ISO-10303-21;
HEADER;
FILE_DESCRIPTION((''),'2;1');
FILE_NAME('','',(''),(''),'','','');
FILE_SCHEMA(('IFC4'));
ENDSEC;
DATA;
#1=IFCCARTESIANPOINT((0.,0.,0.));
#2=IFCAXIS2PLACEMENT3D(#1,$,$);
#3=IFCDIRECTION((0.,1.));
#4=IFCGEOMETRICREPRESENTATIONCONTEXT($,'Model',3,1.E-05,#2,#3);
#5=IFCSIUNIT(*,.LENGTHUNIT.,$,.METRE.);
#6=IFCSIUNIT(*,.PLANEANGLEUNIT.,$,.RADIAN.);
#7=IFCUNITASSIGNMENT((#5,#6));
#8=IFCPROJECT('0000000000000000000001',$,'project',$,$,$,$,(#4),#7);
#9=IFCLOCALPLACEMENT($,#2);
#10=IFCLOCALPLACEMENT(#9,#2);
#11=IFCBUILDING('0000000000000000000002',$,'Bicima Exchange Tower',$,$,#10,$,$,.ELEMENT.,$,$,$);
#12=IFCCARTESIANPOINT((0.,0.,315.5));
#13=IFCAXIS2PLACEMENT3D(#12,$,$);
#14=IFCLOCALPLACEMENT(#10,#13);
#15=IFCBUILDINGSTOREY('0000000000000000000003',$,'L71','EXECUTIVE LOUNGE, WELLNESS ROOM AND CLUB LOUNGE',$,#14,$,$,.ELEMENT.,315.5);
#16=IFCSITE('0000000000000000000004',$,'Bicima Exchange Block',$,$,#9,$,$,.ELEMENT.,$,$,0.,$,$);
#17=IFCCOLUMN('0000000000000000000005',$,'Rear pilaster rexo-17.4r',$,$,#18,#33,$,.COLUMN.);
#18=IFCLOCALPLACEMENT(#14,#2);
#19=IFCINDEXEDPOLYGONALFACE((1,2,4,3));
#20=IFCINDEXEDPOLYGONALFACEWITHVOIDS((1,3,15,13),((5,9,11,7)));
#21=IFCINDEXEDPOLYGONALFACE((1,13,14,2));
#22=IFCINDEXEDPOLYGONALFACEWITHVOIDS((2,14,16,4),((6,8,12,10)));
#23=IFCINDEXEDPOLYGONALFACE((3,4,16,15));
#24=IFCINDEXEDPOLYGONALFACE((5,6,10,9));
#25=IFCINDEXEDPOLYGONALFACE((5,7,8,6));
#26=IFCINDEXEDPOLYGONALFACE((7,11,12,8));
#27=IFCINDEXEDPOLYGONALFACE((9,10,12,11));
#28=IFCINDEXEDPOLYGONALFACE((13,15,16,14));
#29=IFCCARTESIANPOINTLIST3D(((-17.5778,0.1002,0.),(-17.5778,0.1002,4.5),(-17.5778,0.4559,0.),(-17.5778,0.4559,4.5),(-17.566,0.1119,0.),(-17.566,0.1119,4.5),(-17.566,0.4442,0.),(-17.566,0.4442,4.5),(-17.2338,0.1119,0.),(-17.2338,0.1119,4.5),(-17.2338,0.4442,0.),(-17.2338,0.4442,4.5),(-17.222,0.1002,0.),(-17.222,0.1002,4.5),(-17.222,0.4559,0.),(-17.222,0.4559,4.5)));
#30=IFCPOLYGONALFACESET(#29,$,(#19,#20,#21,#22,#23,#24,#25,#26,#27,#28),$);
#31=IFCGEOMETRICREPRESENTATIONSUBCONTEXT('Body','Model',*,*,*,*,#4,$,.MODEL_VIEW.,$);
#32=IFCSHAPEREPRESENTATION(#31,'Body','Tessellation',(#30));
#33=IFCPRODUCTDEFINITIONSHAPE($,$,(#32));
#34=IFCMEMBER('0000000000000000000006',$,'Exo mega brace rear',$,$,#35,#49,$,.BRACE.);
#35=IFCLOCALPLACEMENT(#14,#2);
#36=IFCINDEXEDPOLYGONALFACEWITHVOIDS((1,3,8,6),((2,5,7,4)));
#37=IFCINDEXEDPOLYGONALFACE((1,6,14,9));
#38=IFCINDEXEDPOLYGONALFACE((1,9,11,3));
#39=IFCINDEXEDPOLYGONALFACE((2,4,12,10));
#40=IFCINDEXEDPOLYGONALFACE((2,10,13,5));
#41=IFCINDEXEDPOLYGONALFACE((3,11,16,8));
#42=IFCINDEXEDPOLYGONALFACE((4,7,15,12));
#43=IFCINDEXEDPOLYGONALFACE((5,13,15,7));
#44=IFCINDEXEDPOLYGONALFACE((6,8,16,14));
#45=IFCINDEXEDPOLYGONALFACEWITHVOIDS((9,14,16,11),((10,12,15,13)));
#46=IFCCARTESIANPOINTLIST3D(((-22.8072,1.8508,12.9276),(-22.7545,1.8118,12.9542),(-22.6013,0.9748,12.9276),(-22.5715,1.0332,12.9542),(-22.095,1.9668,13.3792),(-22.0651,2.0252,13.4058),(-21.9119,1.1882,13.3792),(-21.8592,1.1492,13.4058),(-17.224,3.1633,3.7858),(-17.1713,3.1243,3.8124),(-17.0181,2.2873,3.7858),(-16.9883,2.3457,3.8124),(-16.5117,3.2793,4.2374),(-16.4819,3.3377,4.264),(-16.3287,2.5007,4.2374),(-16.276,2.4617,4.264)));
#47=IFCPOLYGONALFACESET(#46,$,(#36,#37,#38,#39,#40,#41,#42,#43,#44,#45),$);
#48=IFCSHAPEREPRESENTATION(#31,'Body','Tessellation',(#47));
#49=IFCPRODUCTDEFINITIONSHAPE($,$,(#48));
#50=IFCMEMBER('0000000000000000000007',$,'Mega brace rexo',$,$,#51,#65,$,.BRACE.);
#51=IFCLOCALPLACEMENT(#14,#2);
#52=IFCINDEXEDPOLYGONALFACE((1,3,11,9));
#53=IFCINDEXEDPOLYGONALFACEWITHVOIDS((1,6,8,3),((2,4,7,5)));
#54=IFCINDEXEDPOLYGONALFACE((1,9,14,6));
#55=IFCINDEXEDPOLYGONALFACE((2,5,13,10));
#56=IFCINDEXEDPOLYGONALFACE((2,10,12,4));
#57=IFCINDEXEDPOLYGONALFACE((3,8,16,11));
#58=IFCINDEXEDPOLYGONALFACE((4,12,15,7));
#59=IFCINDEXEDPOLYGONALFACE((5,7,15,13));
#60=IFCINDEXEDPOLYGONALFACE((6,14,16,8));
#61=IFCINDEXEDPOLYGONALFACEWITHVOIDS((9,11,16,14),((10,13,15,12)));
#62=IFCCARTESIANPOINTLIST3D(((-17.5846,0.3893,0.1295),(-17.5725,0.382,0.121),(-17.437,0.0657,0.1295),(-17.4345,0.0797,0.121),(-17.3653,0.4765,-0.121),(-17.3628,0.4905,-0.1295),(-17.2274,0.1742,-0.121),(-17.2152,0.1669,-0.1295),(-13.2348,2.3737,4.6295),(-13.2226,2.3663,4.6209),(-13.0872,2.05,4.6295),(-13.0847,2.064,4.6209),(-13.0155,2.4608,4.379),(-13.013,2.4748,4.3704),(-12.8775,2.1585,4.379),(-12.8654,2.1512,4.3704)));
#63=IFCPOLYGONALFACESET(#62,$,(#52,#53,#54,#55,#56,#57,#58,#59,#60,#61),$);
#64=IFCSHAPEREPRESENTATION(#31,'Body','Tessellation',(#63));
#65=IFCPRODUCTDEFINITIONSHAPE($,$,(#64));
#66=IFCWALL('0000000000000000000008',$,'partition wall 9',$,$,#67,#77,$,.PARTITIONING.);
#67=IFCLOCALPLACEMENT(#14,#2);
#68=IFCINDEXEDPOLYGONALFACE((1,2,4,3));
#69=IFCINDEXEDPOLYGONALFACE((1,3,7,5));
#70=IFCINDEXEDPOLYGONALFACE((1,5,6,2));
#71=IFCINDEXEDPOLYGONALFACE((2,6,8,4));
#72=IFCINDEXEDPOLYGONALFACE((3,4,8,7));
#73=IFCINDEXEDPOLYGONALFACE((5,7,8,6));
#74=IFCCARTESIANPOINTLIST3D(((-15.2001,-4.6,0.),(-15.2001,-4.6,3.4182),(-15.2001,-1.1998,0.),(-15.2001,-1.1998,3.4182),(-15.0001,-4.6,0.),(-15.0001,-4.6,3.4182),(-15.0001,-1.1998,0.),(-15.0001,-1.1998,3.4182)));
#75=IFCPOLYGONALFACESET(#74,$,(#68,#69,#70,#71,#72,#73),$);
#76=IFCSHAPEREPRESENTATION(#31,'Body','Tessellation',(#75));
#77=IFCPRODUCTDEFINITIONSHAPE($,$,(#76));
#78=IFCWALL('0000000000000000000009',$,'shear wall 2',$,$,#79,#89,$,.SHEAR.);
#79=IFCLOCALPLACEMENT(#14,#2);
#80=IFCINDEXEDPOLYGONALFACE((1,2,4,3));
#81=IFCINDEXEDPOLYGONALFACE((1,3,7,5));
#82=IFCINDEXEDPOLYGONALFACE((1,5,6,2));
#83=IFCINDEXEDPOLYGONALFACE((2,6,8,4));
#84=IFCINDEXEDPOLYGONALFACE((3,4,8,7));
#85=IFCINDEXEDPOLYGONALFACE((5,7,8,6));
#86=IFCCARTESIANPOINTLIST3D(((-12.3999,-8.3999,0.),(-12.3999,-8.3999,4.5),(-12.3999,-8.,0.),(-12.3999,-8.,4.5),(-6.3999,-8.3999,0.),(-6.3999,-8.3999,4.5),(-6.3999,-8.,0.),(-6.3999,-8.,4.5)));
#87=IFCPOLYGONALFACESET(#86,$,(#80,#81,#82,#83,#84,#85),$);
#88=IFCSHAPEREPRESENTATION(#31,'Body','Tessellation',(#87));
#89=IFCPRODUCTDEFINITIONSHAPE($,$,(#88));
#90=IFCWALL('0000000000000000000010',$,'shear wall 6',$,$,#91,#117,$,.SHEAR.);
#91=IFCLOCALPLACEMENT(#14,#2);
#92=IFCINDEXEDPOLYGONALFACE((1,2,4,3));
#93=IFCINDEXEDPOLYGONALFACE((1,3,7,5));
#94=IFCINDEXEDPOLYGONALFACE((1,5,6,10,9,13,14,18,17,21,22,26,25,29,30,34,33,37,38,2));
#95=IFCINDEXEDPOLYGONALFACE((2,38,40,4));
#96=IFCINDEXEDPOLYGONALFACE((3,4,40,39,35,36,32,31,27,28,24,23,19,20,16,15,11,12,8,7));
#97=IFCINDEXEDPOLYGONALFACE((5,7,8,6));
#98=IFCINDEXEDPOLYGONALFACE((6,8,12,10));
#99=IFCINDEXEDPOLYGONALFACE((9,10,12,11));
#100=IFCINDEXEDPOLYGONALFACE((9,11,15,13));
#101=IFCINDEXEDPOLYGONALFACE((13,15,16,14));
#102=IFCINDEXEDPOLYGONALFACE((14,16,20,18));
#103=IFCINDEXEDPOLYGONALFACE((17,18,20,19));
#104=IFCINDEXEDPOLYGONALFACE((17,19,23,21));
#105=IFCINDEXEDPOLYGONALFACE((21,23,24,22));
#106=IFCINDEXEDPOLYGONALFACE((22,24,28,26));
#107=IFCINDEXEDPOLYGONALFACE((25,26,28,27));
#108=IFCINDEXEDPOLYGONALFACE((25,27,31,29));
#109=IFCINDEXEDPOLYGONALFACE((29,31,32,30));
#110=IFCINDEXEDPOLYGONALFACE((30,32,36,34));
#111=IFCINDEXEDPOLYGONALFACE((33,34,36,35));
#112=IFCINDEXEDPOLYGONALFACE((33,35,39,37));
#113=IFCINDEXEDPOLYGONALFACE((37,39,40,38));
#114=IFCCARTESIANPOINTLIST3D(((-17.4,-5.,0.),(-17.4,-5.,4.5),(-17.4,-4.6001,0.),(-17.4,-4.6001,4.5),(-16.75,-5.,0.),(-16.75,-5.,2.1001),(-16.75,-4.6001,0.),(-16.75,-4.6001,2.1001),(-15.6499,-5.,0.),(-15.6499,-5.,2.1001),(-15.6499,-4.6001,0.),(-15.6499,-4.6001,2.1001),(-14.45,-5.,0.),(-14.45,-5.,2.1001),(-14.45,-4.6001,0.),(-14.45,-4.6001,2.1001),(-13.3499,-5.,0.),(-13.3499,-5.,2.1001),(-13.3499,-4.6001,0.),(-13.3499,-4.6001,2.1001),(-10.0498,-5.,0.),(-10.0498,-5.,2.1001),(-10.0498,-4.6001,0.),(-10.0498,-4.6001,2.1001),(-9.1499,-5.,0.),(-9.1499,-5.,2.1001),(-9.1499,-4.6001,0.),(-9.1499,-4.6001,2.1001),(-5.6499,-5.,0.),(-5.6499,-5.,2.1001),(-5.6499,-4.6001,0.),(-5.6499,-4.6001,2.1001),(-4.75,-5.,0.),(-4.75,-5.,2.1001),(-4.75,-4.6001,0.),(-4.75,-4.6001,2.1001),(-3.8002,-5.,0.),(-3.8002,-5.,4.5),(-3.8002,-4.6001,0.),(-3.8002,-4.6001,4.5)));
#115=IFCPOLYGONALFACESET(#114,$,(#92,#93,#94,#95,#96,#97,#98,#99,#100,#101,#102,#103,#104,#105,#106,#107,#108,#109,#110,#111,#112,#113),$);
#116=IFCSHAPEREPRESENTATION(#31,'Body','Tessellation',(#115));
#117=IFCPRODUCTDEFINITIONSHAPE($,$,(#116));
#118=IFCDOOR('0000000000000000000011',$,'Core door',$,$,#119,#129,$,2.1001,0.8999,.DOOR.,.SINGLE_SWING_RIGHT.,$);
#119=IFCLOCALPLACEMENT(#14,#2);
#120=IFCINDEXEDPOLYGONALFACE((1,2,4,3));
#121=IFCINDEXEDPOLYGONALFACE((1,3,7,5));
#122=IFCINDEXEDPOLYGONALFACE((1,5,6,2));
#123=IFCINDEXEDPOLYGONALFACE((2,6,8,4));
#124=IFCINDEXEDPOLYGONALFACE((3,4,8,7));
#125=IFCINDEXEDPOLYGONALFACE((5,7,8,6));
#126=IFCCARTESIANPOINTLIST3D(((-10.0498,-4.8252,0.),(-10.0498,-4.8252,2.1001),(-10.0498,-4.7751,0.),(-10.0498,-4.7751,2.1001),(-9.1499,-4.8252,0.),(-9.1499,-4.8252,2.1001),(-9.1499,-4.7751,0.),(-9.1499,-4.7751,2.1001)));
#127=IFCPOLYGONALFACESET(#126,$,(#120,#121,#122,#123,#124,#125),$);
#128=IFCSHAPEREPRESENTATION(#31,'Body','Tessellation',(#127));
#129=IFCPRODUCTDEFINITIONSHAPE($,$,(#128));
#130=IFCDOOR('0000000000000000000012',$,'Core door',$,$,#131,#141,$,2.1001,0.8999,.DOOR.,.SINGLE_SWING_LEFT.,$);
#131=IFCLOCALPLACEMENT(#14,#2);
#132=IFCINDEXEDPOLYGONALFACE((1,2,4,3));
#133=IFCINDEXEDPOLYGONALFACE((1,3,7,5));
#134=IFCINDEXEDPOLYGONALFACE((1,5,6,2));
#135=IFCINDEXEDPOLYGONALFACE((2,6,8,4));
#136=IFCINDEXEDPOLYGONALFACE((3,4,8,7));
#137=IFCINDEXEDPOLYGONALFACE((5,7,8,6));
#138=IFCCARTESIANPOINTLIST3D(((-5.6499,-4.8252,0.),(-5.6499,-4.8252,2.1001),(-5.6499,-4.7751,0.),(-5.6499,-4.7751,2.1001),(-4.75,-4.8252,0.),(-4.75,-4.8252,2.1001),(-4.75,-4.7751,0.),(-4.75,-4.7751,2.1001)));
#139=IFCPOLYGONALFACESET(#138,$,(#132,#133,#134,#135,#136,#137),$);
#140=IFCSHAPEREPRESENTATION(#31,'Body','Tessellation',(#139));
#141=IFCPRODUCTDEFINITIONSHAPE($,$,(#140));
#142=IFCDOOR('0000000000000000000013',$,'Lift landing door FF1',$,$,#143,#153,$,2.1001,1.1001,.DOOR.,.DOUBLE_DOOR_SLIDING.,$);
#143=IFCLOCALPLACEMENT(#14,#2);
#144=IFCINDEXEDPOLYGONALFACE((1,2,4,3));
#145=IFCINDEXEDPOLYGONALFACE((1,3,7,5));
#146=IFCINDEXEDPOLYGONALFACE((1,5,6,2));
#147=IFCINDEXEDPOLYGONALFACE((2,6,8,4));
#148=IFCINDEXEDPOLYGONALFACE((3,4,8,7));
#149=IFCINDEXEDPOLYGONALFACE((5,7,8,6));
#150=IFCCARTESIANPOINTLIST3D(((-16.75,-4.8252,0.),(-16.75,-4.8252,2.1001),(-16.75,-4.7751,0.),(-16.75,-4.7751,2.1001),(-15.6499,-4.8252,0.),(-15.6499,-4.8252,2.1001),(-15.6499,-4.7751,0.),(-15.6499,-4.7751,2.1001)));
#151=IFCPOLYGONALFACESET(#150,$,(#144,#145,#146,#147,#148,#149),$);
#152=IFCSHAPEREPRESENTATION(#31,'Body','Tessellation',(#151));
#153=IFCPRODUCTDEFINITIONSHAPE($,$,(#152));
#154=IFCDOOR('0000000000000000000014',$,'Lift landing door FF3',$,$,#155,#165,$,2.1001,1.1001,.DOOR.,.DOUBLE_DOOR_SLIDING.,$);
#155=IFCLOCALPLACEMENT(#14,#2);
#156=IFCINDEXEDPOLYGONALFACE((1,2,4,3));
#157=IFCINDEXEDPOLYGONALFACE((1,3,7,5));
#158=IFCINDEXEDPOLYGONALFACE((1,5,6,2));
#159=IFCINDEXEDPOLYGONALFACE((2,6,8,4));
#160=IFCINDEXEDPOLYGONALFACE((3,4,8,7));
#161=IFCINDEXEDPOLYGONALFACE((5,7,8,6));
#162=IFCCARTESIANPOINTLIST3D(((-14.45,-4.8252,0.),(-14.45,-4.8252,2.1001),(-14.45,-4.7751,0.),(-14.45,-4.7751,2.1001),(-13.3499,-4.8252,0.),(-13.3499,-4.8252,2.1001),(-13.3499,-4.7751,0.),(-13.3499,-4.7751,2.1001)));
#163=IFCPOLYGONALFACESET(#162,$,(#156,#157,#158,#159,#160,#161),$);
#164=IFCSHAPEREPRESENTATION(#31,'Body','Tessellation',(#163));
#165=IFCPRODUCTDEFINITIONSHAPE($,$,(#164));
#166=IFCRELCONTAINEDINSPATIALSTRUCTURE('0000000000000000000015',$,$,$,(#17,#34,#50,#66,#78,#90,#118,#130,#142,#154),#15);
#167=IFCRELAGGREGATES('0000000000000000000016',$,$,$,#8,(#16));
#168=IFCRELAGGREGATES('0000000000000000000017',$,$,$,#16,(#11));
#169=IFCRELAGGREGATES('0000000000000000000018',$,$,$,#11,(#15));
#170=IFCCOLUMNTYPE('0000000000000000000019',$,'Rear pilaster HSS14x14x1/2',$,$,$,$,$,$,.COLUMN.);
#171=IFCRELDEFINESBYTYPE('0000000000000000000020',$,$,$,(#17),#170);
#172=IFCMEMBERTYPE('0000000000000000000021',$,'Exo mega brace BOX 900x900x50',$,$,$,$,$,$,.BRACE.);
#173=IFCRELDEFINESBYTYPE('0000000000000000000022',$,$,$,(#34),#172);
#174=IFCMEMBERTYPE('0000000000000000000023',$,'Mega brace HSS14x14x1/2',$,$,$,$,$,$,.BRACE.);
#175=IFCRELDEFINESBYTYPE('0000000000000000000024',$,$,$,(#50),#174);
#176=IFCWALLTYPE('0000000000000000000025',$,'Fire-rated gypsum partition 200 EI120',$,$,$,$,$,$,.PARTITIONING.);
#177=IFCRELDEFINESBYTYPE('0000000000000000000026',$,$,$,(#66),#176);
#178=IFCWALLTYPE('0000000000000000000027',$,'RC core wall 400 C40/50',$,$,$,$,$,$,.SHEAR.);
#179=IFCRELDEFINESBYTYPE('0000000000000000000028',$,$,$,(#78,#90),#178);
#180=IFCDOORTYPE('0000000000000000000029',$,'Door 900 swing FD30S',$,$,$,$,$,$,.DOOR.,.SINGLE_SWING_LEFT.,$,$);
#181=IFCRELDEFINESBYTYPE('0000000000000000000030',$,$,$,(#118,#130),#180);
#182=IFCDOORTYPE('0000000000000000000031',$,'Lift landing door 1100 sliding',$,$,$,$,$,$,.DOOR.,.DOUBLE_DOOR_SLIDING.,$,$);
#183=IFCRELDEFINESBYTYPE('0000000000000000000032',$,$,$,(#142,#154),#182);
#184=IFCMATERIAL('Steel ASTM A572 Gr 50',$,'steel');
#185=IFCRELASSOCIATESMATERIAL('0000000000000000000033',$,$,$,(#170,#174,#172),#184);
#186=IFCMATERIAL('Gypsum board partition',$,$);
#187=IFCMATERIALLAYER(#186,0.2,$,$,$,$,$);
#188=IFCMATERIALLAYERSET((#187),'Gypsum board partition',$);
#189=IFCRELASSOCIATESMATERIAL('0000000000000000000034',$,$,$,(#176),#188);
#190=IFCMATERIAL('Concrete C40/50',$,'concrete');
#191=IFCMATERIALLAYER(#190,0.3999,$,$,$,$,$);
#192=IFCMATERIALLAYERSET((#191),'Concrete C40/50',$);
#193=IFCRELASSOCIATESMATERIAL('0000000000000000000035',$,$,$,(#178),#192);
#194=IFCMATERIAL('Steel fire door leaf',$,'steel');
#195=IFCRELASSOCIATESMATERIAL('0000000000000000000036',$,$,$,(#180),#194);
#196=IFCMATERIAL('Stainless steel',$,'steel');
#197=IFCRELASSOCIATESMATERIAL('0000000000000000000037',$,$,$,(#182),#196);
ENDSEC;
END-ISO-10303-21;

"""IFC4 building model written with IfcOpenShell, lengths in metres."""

from ifc_helpers import new_model, si_unit, direction, frame, frame_2d, origin, origin_2d, place, context, subcontext, project, spatial, rectangle, hollow_rectangle, extrude, material, layer, layer_set, material_profile, profile_set, type_object, element, fill, save


model = new_model("IFC4")

# Units and contexts
model_context = context("Model", 3, precision=1e-05, world=origin(), true_north=direction((0.0, 1.0)))
body_context = subcontext(model_context, "Body", "Model", "MODEL_VIEW")
ifc_project = project(units=[si_unit("LENGTHUNIT", "METRE"), si_unit("PLANEANGLEUNIT", "RADIAN")], contexts=[model_context])

# Site, building, storey
site_placement = place(None, origin())
site = spatial("IfcSite", under=ifc_project, at=site_placement, Name="Bicima Exchange Block", CompositionType="ELEMENT", RefElevation=0.0)
building_placement = place(site_placement, origin())
building = spatial("IfcBuilding", under=site, at=building_placement, Name="Bicima Exchange Tower", CompositionType="ELEMENT")
storey_placement = place(building_placement, frame((0.0, 0.0, 315.5)))
storey = spatial("IfcBuildingStorey", under=building, at=storey_placement, Name="L71", Description="EXECUTIVE LOUNGE, WELLNESS ROOM AND CLUB LOUNGE", CompositionType="ELEMENT", Elevation=315.5)

# Column
ifc_material_1 = material(Name="Steel ASTM A572 Gr 50", Category="steel")
ifc_material_profile_1 = material_profile(ifc_material_1, hollow_rectangle(XDim=0.3557, YDim=0.3557, WallThickness=0.0117, at=origin_2d()))
ifc_profile_set_1 = profile_set([ifc_material_profile_1], Name="Steel ASTM A572 Gr 50")
column_type = type_object("IfcColumnType", Name="Rear pilaster HSS14x14x1/2", PredefinedType="COLUMN", material=ifc_profile_set_1)
column_placement = place(storey_placement, frame((-17.3999, 0.2781, 0.0), z_axis=(0.0, 0.0, 1.0), x_axis=(1.0, 0.0, 0.0)))
element("IfcColumn", 1, at=column_placement, inside=storey, type_object=column_type, Name="Rear pilaster rexo-17.4r", PredefinedType="COLUMN", context=body_context, shape_type="SweptSolid", body=[
    extrude(hollow_rectangle(XDim=0.3557, YDim=0.3557, WallThickness=0.0117, at=origin_2d()), origin(), (0.0, 0.0, 1.0), 4.5),
])

# Members
ifc_material_profile_2 = material_profile(ifc_material_1, hollow_rectangle(XDim=0.8999, YDim=0.8999, WallThickness=0.05, at=origin_2d()))
ifc_profile_set_2 = profile_set([ifc_material_profile_2], Name="Steel ASTM A572 Gr 50")
member_type_1 = type_object("IfcMemberType", Name="Exo mega brace BOX 900x900x50", PredefinedType="BRACE", material=ifc_profile_set_2)
member_1_placement = place(storey_placement, frame((-16.75, 2.8125, 4.0249), z_axis=(-0.517348, -0.121617, 0.847089), x_axis=(0.22884, -0.973464, 0.0)))
element("IfcMember", 2, at=member_1_placement, inside=storey, type_object=member_type_1, Name="Exo mega brace rear", PredefinedType="BRACE", context=body_context, shape_type="SweptSolid", body=[
    extrude(hollow_rectangle(XDim=0.8999, YDim=0.8999, WallThickness=0.05, at=origin_2d()), origin(), (0.0, 0.0, 1.0), 10.792),
])
member_type_2 = type_object("IfcMemberType", Name="Mega brace HSS14x14x1/2", PredefinedType="BRACE", material=ifc_profile_set_1)
member_2_placement = place(storey_placement, frame((-17.3999, 0.2781, 0.0), z_axis=(0.662508, 0.302232, 0.685376), x_axis=(-0.415045, 0.909801, 0.0)))
element("IfcMember", 3, at=member_2_placement, inside=storey, type_object=member_type_2, Name="Mega brace rexo", PredefinedType="BRACE", context=body_context, shape_type="SweptSolid", body=[
    extrude(hollow_rectangle(XDim=0.3557, YDim=0.3557, WallThickness=0.0117, at=origin_2d()), origin(), (0.0, 0.0, 1.0), 6.5657),
])

# Walls
ifc_material_2 = material(Name="Gypsum board partition")
ifc_layer_1 = layer(ifc_material_2, 0.2)
ifc_layer_set_1 = layer_set([ifc_layer_1], Name="Gypsum board partition")
wall_type_1 = type_object("IfcWallType", Name="Fire-rated gypsum partition 200 EI120", PredefinedType="PARTITIONING", material=ifc_layer_set_1)
wall_1_placement = place(storey_placement, frame((-15.1001, -4.6001, 0.0), z_axis=(0.0, 0.0, 1.0), x_axis=(0.0, 1.0, 0.0)))
element("IfcWall", 4, at=wall_1_placement, inside=storey, type_object=wall_type_1, Name="partition wall 9", PredefinedType="PARTITIONING", context=body_context, shape_type="SweptSolid", body=[
    extrude(rectangle(XDim=3.4001, YDim=0.2, at=frame_2d((1.7002, 0.0))), origin(), (0.0, 0.0, 1.0), 3.4182),
])
ifc_material_3 = material(Name="Concrete C40/50", Category="concrete")
ifc_layer_2 = layer(ifc_material_3, 0.3999)
ifc_layer_set_2 = layer_set([ifc_layer_2], Name="Concrete C40/50")
wall_type_2 = type_object("IfcWallType", Name="RC core wall 400 C40/50", PredefinedType="SHEAR", material=ifc_layer_set_2)
wall_2_placement = place(storey_placement, frame((-12.3999, -8.2, 0.0), z_axis=(0.0, 0.0, 1.0), x_axis=(1.0, 0.0, 0.0)))
element("IfcWall", 5, at=wall_2_placement, inside=storey, type_object=wall_type_2, Name="shear wall 2", PredefinedType="SHEAR", context=body_context, shape_type="SweptSolid", body=[
    extrude(rectangle(XDim=6.0, YDim=0.3999, at=frame_2d((3.0, 0.0))), origin(), (0.0, 0.0, 1.0), 4.5),
])

# Wall, openings, doors
wall_3_placement = place(storey_placement, frame((-17.3999, -4.8, 0.0), z_axis=(0.0, 0.0, 1.0), x_axis=(1.0, 0.0, 0.0)))
wall_3 = element("IfcWall", 6, at=wall_3_placement, inside=storey, type_object=wall_type_2, Name="shear wall 6", PredefinedType="SHEAR", context=body_context, shape_type="SweptSolid", body=[
    extrude(rectangle(XDim=13.5999, YDim=0.3999, at=frame_2d((6.7998, 0.0))), origin(), (0.0, 0.0, 1.0), 4.5),
])
opening_1_placement = place(wall_3_placement, frame((0.6499, 0.0, 0.0)))
opening_1 = element("IfcOpeningElement", 7, at=opening_1_placement, cuts=wall_3, PredefinedType="OPENING", context=body_context, shape_type="SweptSolid", body=[
    extrude(rectangle(XDim=1.1001, YDim=2.1001, at=frame_2d((0.55, 1.05))), frame((0.0, 0.2119, 0.0), z_axis=(0.0, -1.0, 0.0), x_axis=(1.0, 0.0, 0.0)), (0.0, 0.0, 1.0), 0.4238),
])
opening_2_placement = place(wall_3_placement, frame((2.95, 0.0, 0.0)))
opening_2 = element("IfcOpeningElement", 8, at=opening_2_placement, cuts=wall_3, PredefinedType="OPENING", context=body_context, shape_type="SweptSolid", body=[
    extrude(rectangle(XDim=1.1001, YDim=2.1001, at=frame_2d((0.55, 1.05))), frame((0.0, 0.2119, 0.0), z_axis=(0.0, -1.0, 0.0), x_axis=(1.0, 0.0, 0.0)), (0.0, 0.0, 1.0), 0.4238),
])
opening_3_placement = place(wall_3_placement, frame((7.3501, 0.0, 0.0)))
opening_3 = element("IfcOpeningElement", 9, at=opening_3_placement, cuts=wall_3, PredefinedType="OPENING", context=body_context, shape_type="SweptSolid", body=[
    extrude(rectangle(XDim=0.8999, YDim=2.1001, at=frame_2d((0.45, 1.05))), frame((0.0, 0.2119, 0.0), z_axis=(0.0, -1.0, 0.0), x_axis=(1.0, 0.0, 0.0)), (0.0, 0.0, 1.0), 0.4238),
])
opening_4_placement = place(wall_3_placement, frame((11.75, 0.0, 0.0)))
opening_4 = element("IfcOpeningElement", 10, at=opening_4_placement, cuts=wall_3, PredefinedType="OPENING", context=body_context, shape_type="SweptSolid", body=[
    extrude(rectangle(XDim=0.8999, YDim=2.1001, at=frame_2d((0.45, 1.05))), frame((0.0, 0.2119, 0.0), z_axis=(0.0, -1.0, 0.0), x_axis=(1.0, 0.0, 0.0)), (0.0, 0.0, 1.0), 0.4238),
])
ifc_material_4 = material(Name="Steel fire door leaf", Category="steel")
door_type_1 = type_object("IfcDoorType", Name="Door 900 swing FD30S", OperationType="SINGLE_SWING_LEFT", PredefinedType="DOOR", material=ifc_material_4)
door_1_placement = place(opening_3_placement, origin())
door_1 = element("IfcDoor", 11, at=door_1_placement, inside=storey, type_object=door_type_1, Name="Core door", OperationType="SINGLE_SWING_RIGHT", OverallHeight=2.1001, OverallWidth=0.8999, PredefinedType="DOOR", context=body_context, shape_type="SweptSolid", body=[
    extrude(rectangle(XDim=0.8999, YDim=2.1001, at=frame_2d((0.45, 1.05))), frame((0.0, 0.0249, 0.0), z_axis=(0.0, -1.0, 0.0), x_axis=(1.0, 0.0, 0.0)), (0.0, 0.0, 1.0), 0.05),
])
fill(opening_3, door_1)
door_2_placement = place(opening_4_placement, origin())
door_2 = element("IfcDoor", 12, at=door_2_placement, inside=storey, type_object=door_type_1, Name="Core door", OperationType="SINGLE_SWING_LEFT", OverallHeight=2.1001, OverallWidth=0.8999, PredefinedType="DOOR", context=body_context, shape_type="SweptSolid", body=[
    extrude(rectangle(XDim=0.8999, YDim=2.1001, at=frame_2d((0.45, 1.05))), frame((0.0, 0.0249, 0.0), z_axis=(0.0, -1.0, 0.0), x_axis=(1.0, 0.0, 0.0)), (0.0, 0.0, 1.0), 0.05),
])
fill(opening_4, door_2)
ifc_material_5 = material(Name="Stainless steel", Category="steel")
door_type_2 = type_object("IfcDoorType", Name="Lift landing door 1100 sliding", OperationType="DOUBLE_DOOR_SLIDING", PredefinedType="DOOR", material=ifc_material_5)
door_3_placement = place(opening_1_placement, origin())
door_3 = element("IfcDoor", 13, at=door_3_placement, inside=storey, type_object=door_type_2, Name="Lift landing door FF1", OperationType="DOUBLE_DOOR_SLIDING", OverallHeight=2.1001, OverallWidth=1.1001, PredefinedType="DOOR", context=body_context, shape_type="SweptSolid", body=[
    extrude(rectangle(XDim=1.1001, YDim=2.1001, at=frame_2d((0.55, 1.05))), frame((0.0, 0.0249, 0.0), z_axis=(0.0, -1.0, 0.0), x_axis=(1.0, 0.0, 0.0)), (0.0, 0.0, 1.0), 0.05),
])
fill(opening_1, door_3)
door_4_placement = place(opening_2_placement, origin())
door_4 = element("IfcDoor", 14, at=door_4_placement, inside=storey, type_object=door_type_2, Name="Lift landing door FF3", OperationType="DOUBLE_DOOR_SLIDING", OverallHeight=2.1001, OverallWidth=1.1001, PredefinedType="DOOR", context=body_context, shape_type="SweptSolid", body=[
    extrude(rectangle(XDim=1.1001, YDim=2.1001, at=frame_2d((0.55, 1.05))), frame((0.0, 0.0249, 0.0), z_axis=(0.0, -1.0, 0.0), x_axis=(1.0, 0.0, 0.0)), (0.0, 0.0, 1.0), 0.05),
])
fill(opening_2, door_4)

save(model, "model.ifc")
